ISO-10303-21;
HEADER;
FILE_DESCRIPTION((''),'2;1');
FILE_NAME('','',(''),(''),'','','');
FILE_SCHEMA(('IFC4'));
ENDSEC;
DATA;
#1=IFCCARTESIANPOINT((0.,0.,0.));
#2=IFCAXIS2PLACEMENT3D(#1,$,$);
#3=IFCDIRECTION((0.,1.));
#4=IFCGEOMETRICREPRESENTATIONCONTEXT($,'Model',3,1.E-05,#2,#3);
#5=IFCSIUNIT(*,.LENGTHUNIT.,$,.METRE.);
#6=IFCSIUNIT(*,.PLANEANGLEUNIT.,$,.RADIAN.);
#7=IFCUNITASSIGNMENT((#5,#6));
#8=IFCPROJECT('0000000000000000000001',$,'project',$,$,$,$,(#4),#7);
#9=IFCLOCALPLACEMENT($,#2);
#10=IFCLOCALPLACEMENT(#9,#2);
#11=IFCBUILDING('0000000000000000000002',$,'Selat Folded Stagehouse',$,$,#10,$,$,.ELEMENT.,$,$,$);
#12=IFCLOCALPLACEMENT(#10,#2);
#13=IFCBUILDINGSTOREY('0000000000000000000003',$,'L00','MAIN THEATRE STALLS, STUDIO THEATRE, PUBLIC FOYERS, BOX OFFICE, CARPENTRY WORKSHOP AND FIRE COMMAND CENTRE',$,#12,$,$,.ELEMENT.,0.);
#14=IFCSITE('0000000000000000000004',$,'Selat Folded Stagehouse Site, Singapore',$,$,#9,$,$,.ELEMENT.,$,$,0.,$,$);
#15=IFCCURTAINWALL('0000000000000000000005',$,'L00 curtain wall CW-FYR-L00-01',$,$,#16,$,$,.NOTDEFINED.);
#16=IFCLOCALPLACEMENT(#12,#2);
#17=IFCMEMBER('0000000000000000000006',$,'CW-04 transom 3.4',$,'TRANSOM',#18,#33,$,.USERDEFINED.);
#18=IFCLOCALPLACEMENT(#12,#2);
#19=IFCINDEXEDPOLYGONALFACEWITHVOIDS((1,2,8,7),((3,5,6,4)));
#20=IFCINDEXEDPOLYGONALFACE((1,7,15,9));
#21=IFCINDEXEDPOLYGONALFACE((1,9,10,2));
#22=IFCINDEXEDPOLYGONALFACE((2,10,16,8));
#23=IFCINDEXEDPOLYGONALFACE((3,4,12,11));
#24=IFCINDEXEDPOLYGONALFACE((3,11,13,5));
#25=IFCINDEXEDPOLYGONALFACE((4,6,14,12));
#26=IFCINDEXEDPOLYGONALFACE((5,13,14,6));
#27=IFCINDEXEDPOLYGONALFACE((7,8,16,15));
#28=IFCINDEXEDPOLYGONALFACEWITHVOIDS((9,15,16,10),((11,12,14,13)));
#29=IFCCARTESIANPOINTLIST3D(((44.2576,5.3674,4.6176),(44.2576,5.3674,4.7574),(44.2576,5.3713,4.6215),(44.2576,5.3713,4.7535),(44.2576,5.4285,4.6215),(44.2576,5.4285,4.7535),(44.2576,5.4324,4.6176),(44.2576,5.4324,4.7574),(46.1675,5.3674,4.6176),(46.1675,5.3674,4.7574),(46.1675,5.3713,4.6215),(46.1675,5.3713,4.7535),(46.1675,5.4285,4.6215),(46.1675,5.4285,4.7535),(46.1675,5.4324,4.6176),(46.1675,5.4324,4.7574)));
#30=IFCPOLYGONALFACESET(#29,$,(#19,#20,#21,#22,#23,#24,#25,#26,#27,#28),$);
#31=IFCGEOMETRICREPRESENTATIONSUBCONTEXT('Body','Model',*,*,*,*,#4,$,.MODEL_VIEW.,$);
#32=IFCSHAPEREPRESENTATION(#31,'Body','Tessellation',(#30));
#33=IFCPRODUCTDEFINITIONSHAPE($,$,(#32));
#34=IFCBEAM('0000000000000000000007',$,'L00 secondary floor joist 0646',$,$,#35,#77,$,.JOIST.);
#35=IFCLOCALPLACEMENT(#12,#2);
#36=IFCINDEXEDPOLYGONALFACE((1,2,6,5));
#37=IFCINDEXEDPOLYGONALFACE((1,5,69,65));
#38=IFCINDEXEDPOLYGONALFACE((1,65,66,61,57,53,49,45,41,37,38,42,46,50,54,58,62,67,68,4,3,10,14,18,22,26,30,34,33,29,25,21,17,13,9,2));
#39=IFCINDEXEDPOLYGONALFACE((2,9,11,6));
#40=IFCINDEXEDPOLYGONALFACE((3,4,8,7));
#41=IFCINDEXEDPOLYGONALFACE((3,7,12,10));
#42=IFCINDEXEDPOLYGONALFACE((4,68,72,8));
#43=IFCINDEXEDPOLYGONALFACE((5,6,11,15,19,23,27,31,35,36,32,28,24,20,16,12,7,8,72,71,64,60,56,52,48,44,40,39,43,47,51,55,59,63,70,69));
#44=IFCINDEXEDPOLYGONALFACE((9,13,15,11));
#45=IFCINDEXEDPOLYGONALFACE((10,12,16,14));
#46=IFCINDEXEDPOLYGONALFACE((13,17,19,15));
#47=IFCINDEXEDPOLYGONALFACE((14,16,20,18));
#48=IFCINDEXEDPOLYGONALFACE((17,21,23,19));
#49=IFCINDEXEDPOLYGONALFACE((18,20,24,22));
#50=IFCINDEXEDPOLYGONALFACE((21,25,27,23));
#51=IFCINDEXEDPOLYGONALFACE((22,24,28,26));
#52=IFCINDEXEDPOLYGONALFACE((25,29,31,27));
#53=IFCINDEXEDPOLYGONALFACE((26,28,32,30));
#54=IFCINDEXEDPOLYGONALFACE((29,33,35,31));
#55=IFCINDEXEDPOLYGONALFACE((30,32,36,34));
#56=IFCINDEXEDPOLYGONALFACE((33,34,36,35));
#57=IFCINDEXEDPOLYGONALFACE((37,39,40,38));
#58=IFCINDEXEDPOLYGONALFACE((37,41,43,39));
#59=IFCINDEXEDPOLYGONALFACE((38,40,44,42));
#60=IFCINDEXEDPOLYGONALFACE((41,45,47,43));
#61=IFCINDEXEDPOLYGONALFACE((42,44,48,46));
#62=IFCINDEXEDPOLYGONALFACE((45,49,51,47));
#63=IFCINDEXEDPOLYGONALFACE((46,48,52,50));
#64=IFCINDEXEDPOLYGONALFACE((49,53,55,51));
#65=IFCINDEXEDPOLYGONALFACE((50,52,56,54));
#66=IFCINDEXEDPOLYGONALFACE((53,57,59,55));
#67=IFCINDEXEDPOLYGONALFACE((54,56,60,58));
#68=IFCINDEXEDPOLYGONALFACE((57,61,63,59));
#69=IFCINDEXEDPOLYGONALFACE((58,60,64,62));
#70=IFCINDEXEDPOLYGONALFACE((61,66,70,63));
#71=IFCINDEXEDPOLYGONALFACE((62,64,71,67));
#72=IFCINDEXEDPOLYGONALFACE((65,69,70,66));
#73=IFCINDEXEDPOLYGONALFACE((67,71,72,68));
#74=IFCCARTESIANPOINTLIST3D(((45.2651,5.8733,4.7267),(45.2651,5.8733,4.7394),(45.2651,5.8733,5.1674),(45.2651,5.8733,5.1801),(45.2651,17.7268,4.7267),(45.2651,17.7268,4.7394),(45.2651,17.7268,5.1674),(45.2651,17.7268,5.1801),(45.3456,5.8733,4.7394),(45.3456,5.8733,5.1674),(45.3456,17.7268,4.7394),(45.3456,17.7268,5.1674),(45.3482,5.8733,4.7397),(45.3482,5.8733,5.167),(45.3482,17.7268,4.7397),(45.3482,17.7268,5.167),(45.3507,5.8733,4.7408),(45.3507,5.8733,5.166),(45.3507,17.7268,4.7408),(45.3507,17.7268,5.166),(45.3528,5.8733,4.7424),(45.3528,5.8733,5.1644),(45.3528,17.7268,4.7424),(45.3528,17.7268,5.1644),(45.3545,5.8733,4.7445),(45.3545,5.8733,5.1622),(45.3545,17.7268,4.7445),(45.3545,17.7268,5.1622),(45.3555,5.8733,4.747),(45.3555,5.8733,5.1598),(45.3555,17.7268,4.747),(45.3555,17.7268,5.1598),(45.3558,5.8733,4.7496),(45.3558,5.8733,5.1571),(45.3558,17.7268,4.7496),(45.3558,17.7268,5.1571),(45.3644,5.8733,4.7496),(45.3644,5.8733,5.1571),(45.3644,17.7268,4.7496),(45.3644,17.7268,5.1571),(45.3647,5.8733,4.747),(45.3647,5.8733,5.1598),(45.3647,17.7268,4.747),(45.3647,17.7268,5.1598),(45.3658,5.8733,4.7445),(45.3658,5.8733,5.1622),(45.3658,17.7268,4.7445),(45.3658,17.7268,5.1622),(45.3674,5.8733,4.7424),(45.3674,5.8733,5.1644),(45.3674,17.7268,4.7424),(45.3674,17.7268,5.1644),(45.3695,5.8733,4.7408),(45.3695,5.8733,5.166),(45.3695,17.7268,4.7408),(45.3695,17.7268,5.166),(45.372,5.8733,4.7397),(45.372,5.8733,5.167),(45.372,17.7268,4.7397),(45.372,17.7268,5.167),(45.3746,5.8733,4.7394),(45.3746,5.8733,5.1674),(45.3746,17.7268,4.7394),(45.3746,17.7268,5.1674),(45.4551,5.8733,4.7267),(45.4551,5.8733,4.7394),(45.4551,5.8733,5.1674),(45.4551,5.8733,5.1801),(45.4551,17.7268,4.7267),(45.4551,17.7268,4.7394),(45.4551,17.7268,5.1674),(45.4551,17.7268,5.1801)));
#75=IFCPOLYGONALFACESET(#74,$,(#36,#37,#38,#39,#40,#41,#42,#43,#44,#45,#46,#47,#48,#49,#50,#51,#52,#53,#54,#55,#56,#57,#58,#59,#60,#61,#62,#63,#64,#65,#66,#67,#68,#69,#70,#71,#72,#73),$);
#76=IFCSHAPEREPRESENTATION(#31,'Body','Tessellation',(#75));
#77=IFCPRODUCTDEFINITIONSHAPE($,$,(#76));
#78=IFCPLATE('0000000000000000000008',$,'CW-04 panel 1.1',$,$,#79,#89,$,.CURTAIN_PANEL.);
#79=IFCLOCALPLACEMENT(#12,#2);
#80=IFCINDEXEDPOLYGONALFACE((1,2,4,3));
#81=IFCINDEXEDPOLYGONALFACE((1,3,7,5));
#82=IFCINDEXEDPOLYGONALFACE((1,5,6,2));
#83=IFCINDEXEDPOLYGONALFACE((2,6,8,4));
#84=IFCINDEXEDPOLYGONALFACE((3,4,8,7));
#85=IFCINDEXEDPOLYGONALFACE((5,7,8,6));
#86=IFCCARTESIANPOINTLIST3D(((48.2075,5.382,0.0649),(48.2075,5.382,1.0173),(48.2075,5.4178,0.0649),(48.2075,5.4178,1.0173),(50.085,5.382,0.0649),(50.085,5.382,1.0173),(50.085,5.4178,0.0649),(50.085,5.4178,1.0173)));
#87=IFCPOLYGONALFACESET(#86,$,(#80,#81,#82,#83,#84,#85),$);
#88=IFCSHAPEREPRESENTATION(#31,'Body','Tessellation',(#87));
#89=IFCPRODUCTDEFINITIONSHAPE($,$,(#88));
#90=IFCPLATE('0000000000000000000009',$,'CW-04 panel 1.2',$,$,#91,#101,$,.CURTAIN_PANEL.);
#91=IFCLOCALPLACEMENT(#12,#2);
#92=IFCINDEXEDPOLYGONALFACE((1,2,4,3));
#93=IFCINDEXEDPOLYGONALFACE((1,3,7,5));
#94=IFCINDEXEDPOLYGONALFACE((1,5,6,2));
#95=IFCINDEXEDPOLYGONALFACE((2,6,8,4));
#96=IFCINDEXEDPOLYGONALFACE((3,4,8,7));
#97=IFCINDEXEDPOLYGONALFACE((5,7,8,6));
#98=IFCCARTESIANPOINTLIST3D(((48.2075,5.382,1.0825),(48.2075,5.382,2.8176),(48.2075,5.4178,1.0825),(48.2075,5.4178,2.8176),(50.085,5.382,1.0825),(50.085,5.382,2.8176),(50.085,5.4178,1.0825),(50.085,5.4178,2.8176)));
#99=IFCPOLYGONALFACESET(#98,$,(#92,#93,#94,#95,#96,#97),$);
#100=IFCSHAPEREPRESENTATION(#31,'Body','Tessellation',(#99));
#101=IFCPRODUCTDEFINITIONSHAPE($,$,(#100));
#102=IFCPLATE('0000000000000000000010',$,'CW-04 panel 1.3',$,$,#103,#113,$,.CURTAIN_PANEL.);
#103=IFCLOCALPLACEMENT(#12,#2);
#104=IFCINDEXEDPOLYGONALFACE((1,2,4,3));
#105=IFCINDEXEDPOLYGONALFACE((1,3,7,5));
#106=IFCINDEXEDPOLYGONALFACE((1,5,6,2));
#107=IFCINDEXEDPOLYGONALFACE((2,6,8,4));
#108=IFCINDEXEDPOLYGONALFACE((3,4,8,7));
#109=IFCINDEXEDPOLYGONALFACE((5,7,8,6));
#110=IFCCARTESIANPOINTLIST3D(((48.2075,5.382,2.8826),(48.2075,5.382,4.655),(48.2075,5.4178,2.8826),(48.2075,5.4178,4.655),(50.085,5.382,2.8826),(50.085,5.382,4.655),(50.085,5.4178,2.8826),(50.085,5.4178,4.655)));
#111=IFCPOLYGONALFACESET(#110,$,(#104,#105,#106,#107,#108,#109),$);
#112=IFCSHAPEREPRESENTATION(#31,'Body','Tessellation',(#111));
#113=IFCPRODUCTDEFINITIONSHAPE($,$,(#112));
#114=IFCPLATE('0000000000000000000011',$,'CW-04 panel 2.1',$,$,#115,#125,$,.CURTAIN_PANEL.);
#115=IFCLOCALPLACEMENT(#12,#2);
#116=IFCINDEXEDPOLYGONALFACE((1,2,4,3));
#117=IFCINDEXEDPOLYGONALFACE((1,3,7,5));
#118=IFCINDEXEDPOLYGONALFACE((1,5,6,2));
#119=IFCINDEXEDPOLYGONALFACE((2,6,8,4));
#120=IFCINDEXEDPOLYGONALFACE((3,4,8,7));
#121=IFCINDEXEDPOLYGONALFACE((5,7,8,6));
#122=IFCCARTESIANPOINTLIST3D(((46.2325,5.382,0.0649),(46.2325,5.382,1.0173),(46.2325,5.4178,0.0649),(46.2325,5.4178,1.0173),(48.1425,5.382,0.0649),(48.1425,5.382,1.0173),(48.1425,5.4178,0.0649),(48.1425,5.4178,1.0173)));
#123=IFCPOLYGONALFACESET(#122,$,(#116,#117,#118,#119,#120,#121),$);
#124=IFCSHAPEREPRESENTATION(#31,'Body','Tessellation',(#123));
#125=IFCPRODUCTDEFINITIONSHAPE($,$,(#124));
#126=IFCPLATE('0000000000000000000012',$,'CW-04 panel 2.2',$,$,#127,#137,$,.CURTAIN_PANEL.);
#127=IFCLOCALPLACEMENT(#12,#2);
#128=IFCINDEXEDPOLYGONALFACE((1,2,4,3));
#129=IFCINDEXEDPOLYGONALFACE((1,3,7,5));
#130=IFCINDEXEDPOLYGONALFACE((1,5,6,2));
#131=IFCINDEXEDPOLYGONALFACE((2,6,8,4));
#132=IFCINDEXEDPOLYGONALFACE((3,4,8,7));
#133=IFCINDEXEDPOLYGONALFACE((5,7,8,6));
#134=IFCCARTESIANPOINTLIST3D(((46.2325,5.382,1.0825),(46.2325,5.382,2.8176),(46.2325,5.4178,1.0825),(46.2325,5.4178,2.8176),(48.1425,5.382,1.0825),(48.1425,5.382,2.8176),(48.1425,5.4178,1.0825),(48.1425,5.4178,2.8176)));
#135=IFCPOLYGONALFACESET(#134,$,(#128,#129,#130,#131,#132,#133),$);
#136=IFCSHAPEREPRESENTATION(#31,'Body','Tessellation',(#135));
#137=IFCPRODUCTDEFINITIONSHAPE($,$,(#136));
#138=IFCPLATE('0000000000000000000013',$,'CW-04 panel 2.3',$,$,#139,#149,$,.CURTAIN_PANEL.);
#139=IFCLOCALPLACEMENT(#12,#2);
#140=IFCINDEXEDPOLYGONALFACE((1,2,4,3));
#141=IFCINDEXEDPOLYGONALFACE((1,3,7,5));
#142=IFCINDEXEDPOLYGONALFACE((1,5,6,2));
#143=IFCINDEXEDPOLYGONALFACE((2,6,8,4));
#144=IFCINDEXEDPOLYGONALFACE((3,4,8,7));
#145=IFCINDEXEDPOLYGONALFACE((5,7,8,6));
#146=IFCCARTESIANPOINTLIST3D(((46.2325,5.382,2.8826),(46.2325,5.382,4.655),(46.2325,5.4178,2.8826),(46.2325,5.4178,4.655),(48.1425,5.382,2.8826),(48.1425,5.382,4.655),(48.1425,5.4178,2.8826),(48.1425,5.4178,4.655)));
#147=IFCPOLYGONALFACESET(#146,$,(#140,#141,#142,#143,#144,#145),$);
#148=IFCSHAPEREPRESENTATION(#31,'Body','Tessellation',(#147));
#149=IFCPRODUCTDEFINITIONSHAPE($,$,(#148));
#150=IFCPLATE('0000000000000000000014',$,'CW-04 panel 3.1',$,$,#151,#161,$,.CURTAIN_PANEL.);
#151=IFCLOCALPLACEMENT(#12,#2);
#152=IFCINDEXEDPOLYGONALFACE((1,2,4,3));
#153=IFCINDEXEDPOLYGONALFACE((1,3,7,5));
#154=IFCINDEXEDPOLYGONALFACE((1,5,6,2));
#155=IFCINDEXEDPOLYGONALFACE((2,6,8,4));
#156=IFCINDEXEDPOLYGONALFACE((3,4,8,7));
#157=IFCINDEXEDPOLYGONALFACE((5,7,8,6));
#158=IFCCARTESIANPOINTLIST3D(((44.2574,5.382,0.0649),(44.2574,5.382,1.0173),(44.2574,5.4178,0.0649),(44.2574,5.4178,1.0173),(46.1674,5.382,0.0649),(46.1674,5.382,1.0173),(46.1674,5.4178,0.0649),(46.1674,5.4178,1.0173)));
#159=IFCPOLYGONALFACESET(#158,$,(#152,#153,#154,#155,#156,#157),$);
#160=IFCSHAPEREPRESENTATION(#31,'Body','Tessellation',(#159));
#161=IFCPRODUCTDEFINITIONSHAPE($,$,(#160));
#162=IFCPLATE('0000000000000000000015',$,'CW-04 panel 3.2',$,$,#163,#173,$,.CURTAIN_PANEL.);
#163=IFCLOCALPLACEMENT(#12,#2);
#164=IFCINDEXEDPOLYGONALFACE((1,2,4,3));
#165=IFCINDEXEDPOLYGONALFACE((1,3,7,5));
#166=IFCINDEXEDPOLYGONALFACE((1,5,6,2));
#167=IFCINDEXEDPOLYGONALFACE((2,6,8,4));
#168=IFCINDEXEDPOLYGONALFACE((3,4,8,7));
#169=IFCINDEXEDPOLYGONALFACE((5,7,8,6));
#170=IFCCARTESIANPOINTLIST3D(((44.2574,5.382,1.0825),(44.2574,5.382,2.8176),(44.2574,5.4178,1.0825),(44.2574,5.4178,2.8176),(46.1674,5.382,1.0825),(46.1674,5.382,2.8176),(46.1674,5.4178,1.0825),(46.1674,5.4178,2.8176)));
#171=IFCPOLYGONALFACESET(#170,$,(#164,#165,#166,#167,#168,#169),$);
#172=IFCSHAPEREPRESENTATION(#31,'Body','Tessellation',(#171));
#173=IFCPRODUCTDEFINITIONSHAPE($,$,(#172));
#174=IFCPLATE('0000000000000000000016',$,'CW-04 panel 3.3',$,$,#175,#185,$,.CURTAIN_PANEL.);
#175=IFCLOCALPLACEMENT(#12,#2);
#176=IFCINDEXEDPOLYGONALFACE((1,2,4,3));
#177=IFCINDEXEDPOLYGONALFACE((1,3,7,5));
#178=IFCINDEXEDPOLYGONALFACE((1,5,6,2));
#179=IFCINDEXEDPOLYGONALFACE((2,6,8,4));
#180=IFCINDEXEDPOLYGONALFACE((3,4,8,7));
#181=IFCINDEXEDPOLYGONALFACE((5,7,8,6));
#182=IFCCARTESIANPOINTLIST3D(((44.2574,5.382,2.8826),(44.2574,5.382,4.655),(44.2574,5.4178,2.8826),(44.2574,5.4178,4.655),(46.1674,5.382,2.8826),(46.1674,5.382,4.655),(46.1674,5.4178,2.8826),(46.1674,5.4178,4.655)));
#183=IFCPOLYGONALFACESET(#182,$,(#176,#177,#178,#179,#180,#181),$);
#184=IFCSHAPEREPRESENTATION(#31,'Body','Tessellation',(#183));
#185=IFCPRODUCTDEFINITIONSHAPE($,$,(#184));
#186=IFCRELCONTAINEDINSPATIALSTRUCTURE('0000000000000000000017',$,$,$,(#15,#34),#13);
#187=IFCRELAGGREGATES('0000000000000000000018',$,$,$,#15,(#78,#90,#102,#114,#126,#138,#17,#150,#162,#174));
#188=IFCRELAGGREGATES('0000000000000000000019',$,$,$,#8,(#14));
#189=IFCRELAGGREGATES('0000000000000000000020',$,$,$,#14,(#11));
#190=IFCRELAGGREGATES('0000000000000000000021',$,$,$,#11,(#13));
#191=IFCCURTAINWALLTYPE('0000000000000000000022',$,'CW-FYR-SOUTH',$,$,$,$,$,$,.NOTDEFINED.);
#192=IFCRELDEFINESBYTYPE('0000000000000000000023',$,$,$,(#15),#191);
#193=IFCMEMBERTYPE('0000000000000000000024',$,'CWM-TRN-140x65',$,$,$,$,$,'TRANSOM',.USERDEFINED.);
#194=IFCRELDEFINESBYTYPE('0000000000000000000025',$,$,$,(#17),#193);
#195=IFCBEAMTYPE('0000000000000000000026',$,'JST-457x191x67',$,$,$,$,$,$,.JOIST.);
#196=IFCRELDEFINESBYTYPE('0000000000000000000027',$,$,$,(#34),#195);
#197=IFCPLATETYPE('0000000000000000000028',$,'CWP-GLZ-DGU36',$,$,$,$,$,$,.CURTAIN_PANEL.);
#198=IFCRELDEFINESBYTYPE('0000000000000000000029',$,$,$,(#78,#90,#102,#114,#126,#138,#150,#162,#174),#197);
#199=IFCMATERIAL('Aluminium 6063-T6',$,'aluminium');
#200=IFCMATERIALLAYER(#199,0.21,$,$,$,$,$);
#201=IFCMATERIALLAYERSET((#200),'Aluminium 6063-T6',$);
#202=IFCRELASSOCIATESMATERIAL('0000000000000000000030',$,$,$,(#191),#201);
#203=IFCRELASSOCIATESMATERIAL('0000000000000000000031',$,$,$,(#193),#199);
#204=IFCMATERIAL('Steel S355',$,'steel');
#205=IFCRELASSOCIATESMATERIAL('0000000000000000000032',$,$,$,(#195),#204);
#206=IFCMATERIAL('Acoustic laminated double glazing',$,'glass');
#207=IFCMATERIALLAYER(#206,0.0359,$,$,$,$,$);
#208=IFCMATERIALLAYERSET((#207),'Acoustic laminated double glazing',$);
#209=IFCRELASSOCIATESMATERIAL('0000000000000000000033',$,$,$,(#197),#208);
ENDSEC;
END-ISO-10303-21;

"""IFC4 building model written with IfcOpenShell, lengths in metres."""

from ifc_helpers import new_model, si_unit, direction, frame, origin, origin_2d, place, context, subcontext, project, spatial, rectangle, hollow_rectangle, i_section, extrude, material, layer, layer_set, material_profile, profile_set, type_object, element, aggregate, save


model = new_model("IFC4")

# Units and contexts
model_context = context("Model", 3, precision=1e-05, world=origin(), true_north=direction((0.0, 1.0)))
body_context = subcontext(model_context, "Body", "Model", "MODEL_VIEW")
ifc_project = project(units=[si_unit("LENGTHUNIT", "METRE"), si_unit("PLANEANGLEUNIT", "RADIAN")], contexts=[model_context])

# Site, building, storey
site_placement = place(None, origin())
site = spatial("IfcSite", under=ifc_project, at=site_placement, Name="Selat Folded Stagehouse Site, Singapore", CompositionType="ELEMENT", RefElevation=0.0)
building_placement = place(site_placement, origin())
building = spatial("IfcBuilding", under=site, at=building_placement, Name="Selat Folded Stagehouse", CompositionType="ELEMENT")
storey_placement = place(building_placement, origin())
storey = spatial("IfcBuildingStorey", under=building, at=storey_placement, Name="L00", Description="MAIN THEATRE STALLS, STUDIO THEATRE, PUBLIC FOYERS, BOX OFFICE, CARPENTRY WORKSHOP AND FIRE COMMAND CENTRE", CompositionType="ELEMENT", Elevation=0.0)

# Shared definitions
ifc_material_1 = material(Name="Steel S355", Category="steel")

# Curtain wall, member
ifc_material_2 = material(Name="Aluminium 6063-T6", Category="aluminium")
ifc_layer_1 = layer(ifc_material_2, 0.21)
ifc_layer_set_1 = layer_set([ifc_layer_1], Name="Aluminium 6063-T6")
curtain_wall_type = type_object("IfcCurtainWallType", Name="CW-FYR-SOUTH", PredefinedType="NOTDEFINED", material=ifc_layer_set_1)
curtain_wall_placement = place(storey_placement, origin())
curtain_wall = element("IfcCurtainWall", 1, at=curtain_wall_placement, inside=storey, type_object=curtain_wall_type, Name="L00 curtain wall CW-FYR-L00-01", PredefinedType="NOTDEFINED")
ifc_material_profile_1 = material_profile(ifc_material_2, hollow_rectangle(XDim=0.0649, YDim=0.1399, WallThickness=0.0039, at=origin_2d()), Name="ALU 140x65x4.0")
ifc_profile_set_1 = profile_set([ifc_material_profile_1], Name="Aluminium 6063-T6")
member_type_1 = type_object("IfcMemberType", Name="CWM-TRN-140x65", ElementType="TRANSOM", PredefinedType="USERDEFINED", material=ifc_profile_set_1)
member_1_placement = place(storey_placement, frame((46.1675, 5.3999, 4.6875), z_axis=(-1.0, 0.0, 0.0), x_axis=(0.0, -1.0, 0.0)))
member_1 = element("IfcMember", 2, at=member_1_placement, type_object=member_type_1, Name="CW-04 transom 3.4", ObjectType="TRANSOM", PredefinedType="USERDEFINED", context=body_context, shape_type="SweptSolid", body=[
    extrude(hollow_rectangle(XDim=0.0649, YDim=0.1399, WallThickness=0.0039, at=origin_2d()), origin(), (0.0, 0.0, 1.0), 1.9099),
])

# Beam
ifc_material_profile_2 = material_profile(ifc_material_1, i_section(OverallWidth=0.1899, OverallDepth=0.4534, WebThickness=0.0085, FlangeThickness=0.0127, FilletRadius=0.0103, at=origin_2d()), Name="UKB 457x191x67")
ifc_profile_set_2 = profile_set([ifc_material_profile_2], Name="Steel S355")
beam_type = type_object("IfcBeamType", Name="JST-457x191x67", PredefinedType="JOIST", material=ifc_profile_set_2)
beam_placement = place(storey_placement, frame((45.3601, 5.8733, 4.9534), z_axis=(0.0, 1.0, 0.0), x_axis=(-1.0, 0.0, 0.0)))
element("IfcBeam", 3, at=beam_placement, inside=storey, type_object=beam_type, Name="L00 secondary floor joist 0646", PredefinedType="JOIST", context=body_context, shape_type="SweptSolid", body=[
    extrude(i_section(OverallWidth=0.1899, OverallDepth=0.4534, WebThickness=0.0085, FlangeThickness=0.0127, FilletRadius=0.0103, at=origin_2d()), origin(), (0.0, 0.0, 1.0), 11.8535),
])

# Plates
ifc_material_3 = material(Name="Acoustic laminated double glazing", Category="glass")
ifc_layer_2 = layer(ifc_material_3, 0.0359)
ifc_layer_set_2 = layer_set([ifc_layer_2], Name="Acoustic laminated double glazing")
plate_type = type_object("IfcPlateType", Name="CWP-GLZ-DGU36", PredefinedType="CURTAIN_PANEL", material=ifc_layer_set_2)
plate_1_placement = place(storey_placement, frame((49.1462, 5.3999, 0.0649), z_axis=(0.0, 0.0, 1.0), x_axis=(-1.0, 0.0, 0.0)))
plate_1 = element("IfcPlate", 4, at=plate_1_placement, type_object=plate_type, Name="CW-04 panel 1.1", PredefinedType="CURTAIN_PANEL", context=body_context, shape_type="SweptSolid", body=[
    extrude(rectangle(XDim=1.8774, YDim=0.0359, at=origin_2d()), origin(), (0.0, 0.0, 1.0), 0.9524),
])
plate_2_placement = place(storey_placement, frame((49.1462, 5.3999, 1.0825), z_axis=(0.0, 0.0, 1.0), x_axis=(-1.0, 0.0, 0.0)))
plate_2 = element("IfcPlate", 5, at=plate_2_placement, type_object=plate_type, Name="CW-04 panel 1.2", PredefinedType="CURTAIN_PANEL", context=body_context, shape_type="SweptSolid", body=[
    extrude(rectangle(XDim=1.8774, YDim=0.0359, at=origin_2d()), origin(), (0.0, 0.0, 1.0), 1.7351),
])
plate_3_placement = place(storey_placement, frame((49.1462, 5.3999, 2.8826), z_axis=(0.0, 0.0, 1.0), x_axis=(-1.0, 0.0, 0.0)))
plate_3 = element("IfcPlate", 6, at=plate_3_placement, type_object=plate_type, Name="CW-04 panel 1.3", PredefinedType="CURTAIN_PANEL", context=body_context, shape_type="SweptSolid", body=[
    extrude(rectangle(XDim=1.8774, YDim=0.0359, at=origin_2d()), origin(), (0.0, 0.0, 1.0), 1.7725),
])
plate_4_placement = place(storey_placement, frame((47.1875, 5.3999, 0.0649), z_axis=(0.0, 0.0, 1.0), x_axis=(-1.0, 0.0, 0.0)))
plate_4 = element("IfcPlate", 7, at=plate_4_placement, type_object=plate_type, Name="CW-04 panel 2.1", PredefinedType="CURTAIN_PANEL", context=body_context, shape_type="SweptSolid", body=[
    extrude(rectangle(XDim=1.9099, YDim=0.0359, at=origin_2d()), origin(), (0.0, 0.0, 1.0), 0.9524),
])
plate_5_placement = place(storey_placement, frame((47.1875, 5.3999, 1.0825), z_axis=(0.0, 0.0, 1.0), x_axis=(-1.0, 0.0, 0.0)))
plate_5 = element("IfcPlate", 8, at=plate_5_placement, type_object=plate_type, Name="CW-04 panel 2.2", PredefinedType="CURTAIN_PANEL", context=body_context, shape_type="SweptSolid", body=[
    extrude(rectangle(XDim=1.9099, YDim=0.0359, at=origin_2d()), origin(), (0.0, 0.0, 1.0), 1.7351),
])
plate_6_placement = place(storey_placement, frame((47.1875, 5.3999, 2.8826), z_axis=(0.0, 0.0, 1.0), x_axis=(-1.0, 0.0, 0.0)))
plate_6 = element("IfcPlate", 9, at=plate_6_placement, type_object=plate_type, Name="CW-04 panel 2.3", PredefinedType="CURTAIN_PANEL", context=body_context, shape_type="SweptSolid", body=[
    extrude(rectangle(XDim=1.9099, YDim=0.0359, at=origin_2d()), origin(), (0.0, 0.0, 1.0), 1.7725),
])
plate_7_placement = place(storey_placement, frame((45.2124, 5.3999, 0.0649), z_axis=(0.0, 0.0, 1.0), x_axis=(-1.0, 0.0, 0.0)))
plate_7 = element("IfcPlate", 10, at=plate_7_placement, type_object=plate_type, Name="CW-04 panel 3.1", PredefinedType="CURTAIN_PANEL", context=body_context, shape_type="SweptSolid", body=[
    extrude(rectangle(XDim=1.9099, YDim=0.0359, at=origin_2d()), origin(), (0.0, 0.0, 1.0), 0.9524),
])
plate_8_placement = place(storey_placement, frame((45.2124, 5.3999, 1.0825), z_axis=(0.0, 0.0, 1.0), x_axis=(-1.0, 0.0, 0.0)))
plate_8 = element("IfcPlate", 11, at=plate_8_placement, type_object=plate_type, Name="CW-04 panel 3.2", PredefinedType="CURTAIN_PANEL", context=body_context, shape_type="SweptSolid", body=[
    extrude(rectangle(XDim=1.9099, YDim=0.0359, at=origin_2d()), origin(), (0.0, 0.0, 1.0), 1.7351),
])
plate_9_placement = place(storey_placement, frame((45.2124, 5.3999, 2.8826), z_axis=(0.0, 0.0, 1.0), x_axis=(-1.0, 0.0, 0.0)))
plate_9 = element("IfcPlate", 12, at=plate_9_placement, type_object=plate_type, Name="CW-04 panel 3.3", PredefinedType="CURTAIN_PANEL", context=body_context, shape_type="SweptSolid", body=[
    extrude(rectangle(XDim=1.9099, YDim=0.0359, at=origin_2d()), origin(), (0.0, 0.0, 1.0), 1.7725),
])
aggregate(curtain_wall, [plate_1, plate_2, plate_3, plate_4, plate_5, plate_6, member_1, plate_7, plate_8, plate_9])

save(model, "model.ifc")
